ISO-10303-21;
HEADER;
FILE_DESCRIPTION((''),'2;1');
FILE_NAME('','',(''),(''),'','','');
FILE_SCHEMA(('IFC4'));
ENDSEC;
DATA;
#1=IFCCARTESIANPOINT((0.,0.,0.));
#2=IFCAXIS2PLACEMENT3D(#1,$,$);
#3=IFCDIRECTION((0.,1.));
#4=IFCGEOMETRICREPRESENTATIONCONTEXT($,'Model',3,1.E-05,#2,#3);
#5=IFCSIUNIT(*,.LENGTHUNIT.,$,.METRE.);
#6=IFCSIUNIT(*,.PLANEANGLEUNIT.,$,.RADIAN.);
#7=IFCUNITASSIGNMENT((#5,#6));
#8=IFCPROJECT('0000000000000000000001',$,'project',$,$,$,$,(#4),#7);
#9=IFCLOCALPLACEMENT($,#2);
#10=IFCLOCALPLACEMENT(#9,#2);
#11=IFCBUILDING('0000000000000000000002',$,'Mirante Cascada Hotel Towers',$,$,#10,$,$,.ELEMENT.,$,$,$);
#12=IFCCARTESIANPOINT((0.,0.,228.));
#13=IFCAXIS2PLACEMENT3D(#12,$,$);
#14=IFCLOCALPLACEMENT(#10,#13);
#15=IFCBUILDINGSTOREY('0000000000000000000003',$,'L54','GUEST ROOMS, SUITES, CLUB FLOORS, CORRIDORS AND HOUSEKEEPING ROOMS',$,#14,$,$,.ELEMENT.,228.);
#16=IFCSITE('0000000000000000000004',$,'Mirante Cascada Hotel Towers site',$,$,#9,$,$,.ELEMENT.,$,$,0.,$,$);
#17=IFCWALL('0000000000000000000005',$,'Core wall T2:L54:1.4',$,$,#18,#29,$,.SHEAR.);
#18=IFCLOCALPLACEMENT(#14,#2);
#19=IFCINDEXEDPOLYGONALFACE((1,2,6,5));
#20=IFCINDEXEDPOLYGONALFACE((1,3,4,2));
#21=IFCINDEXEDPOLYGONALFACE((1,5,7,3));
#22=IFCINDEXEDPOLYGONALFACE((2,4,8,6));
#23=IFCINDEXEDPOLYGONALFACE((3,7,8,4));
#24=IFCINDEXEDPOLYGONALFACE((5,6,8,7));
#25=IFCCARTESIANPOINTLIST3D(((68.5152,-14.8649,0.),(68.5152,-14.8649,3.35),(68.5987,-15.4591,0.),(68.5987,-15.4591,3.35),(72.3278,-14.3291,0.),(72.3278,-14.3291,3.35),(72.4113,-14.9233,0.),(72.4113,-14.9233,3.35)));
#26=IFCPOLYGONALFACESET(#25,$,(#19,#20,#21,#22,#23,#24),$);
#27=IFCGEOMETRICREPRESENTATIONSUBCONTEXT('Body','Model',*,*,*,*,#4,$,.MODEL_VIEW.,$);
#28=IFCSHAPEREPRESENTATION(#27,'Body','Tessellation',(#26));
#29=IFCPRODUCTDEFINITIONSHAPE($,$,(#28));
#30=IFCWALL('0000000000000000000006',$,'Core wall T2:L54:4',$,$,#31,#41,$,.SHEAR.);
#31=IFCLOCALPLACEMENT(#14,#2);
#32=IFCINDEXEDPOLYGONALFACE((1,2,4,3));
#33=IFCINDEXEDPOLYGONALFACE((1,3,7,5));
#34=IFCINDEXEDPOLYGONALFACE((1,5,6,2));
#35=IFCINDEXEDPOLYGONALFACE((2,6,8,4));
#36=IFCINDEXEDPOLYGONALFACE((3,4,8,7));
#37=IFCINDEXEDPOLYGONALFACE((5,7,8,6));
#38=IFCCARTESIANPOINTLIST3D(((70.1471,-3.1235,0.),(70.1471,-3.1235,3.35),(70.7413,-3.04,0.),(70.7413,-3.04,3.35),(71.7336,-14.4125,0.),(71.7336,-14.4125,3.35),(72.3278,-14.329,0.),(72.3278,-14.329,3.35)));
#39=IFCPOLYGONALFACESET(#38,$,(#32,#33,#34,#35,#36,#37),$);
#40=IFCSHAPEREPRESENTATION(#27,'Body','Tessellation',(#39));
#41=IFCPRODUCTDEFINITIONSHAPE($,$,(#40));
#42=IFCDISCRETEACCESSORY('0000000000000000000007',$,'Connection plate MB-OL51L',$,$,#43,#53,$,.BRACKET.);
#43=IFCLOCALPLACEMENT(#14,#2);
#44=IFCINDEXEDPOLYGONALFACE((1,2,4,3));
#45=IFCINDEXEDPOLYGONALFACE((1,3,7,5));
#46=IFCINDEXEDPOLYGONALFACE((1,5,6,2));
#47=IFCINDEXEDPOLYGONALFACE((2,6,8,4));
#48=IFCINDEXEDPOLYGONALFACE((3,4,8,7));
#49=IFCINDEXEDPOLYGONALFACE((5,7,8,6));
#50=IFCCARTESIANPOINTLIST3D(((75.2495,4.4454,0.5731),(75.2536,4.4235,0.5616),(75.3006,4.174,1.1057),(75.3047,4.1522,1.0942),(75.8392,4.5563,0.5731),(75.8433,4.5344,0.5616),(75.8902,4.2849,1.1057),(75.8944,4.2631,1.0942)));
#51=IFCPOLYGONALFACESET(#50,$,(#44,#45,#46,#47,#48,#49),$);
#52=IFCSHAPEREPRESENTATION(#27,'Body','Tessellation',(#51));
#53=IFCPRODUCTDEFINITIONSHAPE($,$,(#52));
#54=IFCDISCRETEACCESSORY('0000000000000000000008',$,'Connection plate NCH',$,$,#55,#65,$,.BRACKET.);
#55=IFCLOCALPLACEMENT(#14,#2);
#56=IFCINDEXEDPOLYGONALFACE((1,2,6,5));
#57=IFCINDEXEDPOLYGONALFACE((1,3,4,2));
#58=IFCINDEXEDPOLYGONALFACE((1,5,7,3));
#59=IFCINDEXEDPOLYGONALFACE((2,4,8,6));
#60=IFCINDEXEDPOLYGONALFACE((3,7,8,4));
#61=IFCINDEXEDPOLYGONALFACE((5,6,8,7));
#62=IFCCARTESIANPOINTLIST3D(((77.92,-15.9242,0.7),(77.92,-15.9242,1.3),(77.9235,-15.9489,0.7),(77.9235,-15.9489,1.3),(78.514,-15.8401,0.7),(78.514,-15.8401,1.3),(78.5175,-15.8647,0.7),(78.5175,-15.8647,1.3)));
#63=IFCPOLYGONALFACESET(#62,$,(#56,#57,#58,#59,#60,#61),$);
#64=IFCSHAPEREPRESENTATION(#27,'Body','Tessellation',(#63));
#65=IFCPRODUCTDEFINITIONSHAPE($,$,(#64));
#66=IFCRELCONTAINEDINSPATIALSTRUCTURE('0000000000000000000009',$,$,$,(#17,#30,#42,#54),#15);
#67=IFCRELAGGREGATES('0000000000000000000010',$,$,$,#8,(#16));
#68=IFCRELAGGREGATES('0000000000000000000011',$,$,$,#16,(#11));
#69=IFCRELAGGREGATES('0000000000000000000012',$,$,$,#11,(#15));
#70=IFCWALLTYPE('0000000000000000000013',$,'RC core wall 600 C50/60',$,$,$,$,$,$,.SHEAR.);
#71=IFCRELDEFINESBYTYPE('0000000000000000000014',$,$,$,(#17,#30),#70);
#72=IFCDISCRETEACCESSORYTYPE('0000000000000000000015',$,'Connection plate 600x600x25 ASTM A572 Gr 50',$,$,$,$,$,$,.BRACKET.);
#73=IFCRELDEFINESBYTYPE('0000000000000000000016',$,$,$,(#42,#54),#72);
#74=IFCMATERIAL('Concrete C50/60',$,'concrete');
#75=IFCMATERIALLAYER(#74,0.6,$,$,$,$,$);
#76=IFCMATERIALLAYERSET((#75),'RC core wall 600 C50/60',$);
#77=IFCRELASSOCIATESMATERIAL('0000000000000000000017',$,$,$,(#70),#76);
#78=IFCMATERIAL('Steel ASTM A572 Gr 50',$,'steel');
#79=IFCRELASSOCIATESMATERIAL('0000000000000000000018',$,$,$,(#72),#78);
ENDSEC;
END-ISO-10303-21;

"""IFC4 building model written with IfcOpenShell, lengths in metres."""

from ifc_helpers import new_model, si_unit, direction, frame, frame_2d, origin, origin_2d, place, context, subcontext, project, spatial, rectangle, extrude, material, layer, layer_set, material_profile, profile_set, type_object, element, save


model = new_model("IFC4")

# Units and contexts
model_context = context("Model", 3, precision=1e-05, world=origin(), true_north=direction((0.0, 1.0)))
body_context = subcontext(model_context, "Body", "Model", "MODEL_VIEW")
ifc_project = project(units=[si_unit("LENGTHUNIT", "METRE"), si_unit("PLANEANGLEUNIT", "RADIAN")], contexts=[model_context])

# Site, building, storey
site_placement = place(None, origin())
site = spatial("IfcSite", under=ifc_project, at=site_placement, Name="Mirante Cascada Hotel Towers site", CompositionType="ELEMENT", RefElevation=0.0)
building_placement = place(site_placement, origin())
building = spatial("IfcBuilding", under=site, at=building_placement, Name="Mirante Cascada Hotel Towers", CompositionType="ELEMENT")
storey_placement = place(building_placement, frame((0.0, 0.0, 228.0)))
storey = spatial("IfcBuildingStorey", under=building, at=storey_placement, Name="L54", Description="GUEST ROOMS, SUITES, CLUB FLOORS, CORRIDORS AND HOUSEKEEPING ROOMS", CompositionType="ELEMENT", Elevation=228.0)

# Walls
ifc_material_1 = material(Name="Concrete C50/60", Category="concrete")
ifc_layer_1 = layer(ifc_material_1, 0.6)
ifc_layer_set_1 = layer_set([ifc_layer_1], Name="RC core wall 600 C50/60")
wall_type_1 = type_object("IfcWallType", Name="RC core wall 600 C50/60", PredefinedType="SHEAR", material=ifc_layer_set_1)
wall_1_placement = place(storey_placement, frame((68.557, -15.162, 0.0), z_axis=(0.0, 0.0, 1.0), x_axis=(0.990269, 0.139166, 0.0)))
element("IfcWall", 1, at=wall_1_placement, inside=storey, type_object=wall_type_1, Name="Core wall T2:L54:1.4", PredefinedType="SHEAR", context=body_context, shape_type="SweptSolid", body=[
    extrude(rectangle(XDim=3.8501, YDim=0.6, at=frame_2d((1.925, 0.0))), origin(), (0.0, 0.0, 1.0), 3.35),
])
wall_2_placement = place(storey_placement, frame((72.0307, -14.3708, 0.0), z_axis=(0.0, 0.0, 1.0), x_axis=(-0.139167, 0.990269, 0.0)))
element("IfcWall", 2, at=wall_2_placement, inside=storey, type_object=wall_type_1, Name="Core wall T2:L54:4", PredefinedType="SHEAR", context=body_context, shape_type="SweptSolid", body=[
    extrude(rectangle(XDim=11.3999, YDim=0.6, at=frame_2d((5.7, 0.0))), origin(), (0.0, 0.0, 1.0), 3.35),
])

# Discrete accessories
ifc_material_2 = material(Name="Steel ASTM A572 Gr 50", Category="steel")
ifc_material_profile_1 = material_profile(ifc_material_2, rectangle(XDim=0.6, YDim=0.6, at=origin_2d()), Name="Connection plate 600x600x25 ASTM A572 Gr 50")
ifc_profile_set_1 = profile_set([ifc_material_profile_1], Name="Steel ASTM A572 Gr 50")
discrete_accessory_type = type_object("IfcDiscreteAccessoryType", Name="Connection plate 600x600x25 ASTM A572 Gr 50", PredefinedType="BRACKET", material=ifc_profile_set_1)
discrete_accessory_1_placement = place(storey_placement, frame((75.574, 4.3433, 0.8279), z_axis=(-0.164092, 0.872489, 0.460258), x_axis=(-0.98277, -0.184833, 0.0)))
element("IfcDiscreteAccessory", 3, at=discrete_accessory_1_placement, inside=storey, type_object=discrete_accessory_type, Name="Connection plate MB-OL51L", PredefinedType="BRACKET", context=body_context, shape_type="SweptSolid", body=[
    extrude(rectangle(XDim=0.6, YDim=0.6, at=origin_2d()), origin(), (0.0, 0.0, 1.0), 0.025),
])
discrete_accessory_2_placement = place(storey_placement, frame((78.2205, -15.9068, 1.0), z_axis=(-0.140299, 0.990109, 0.0), x_axis=(-0.990109, -0.140299, 0.0)))
element("IfcDiscreteAccessory", 4, at=discrete_accessory_2_placement, inside=storey, type_object=discrete_accessory_type, Name="Connection plate NCH", PredefinedType="BRACKET", context=body_context, shape_type="SweptSolid", body=[
    extrude(rectangle(XDim=0.6, YDim=0.6, at=origin_2d()), origin(), (0.0, 0.0, 1.0), 0.0249),
])

save(model, "model.ifc")
